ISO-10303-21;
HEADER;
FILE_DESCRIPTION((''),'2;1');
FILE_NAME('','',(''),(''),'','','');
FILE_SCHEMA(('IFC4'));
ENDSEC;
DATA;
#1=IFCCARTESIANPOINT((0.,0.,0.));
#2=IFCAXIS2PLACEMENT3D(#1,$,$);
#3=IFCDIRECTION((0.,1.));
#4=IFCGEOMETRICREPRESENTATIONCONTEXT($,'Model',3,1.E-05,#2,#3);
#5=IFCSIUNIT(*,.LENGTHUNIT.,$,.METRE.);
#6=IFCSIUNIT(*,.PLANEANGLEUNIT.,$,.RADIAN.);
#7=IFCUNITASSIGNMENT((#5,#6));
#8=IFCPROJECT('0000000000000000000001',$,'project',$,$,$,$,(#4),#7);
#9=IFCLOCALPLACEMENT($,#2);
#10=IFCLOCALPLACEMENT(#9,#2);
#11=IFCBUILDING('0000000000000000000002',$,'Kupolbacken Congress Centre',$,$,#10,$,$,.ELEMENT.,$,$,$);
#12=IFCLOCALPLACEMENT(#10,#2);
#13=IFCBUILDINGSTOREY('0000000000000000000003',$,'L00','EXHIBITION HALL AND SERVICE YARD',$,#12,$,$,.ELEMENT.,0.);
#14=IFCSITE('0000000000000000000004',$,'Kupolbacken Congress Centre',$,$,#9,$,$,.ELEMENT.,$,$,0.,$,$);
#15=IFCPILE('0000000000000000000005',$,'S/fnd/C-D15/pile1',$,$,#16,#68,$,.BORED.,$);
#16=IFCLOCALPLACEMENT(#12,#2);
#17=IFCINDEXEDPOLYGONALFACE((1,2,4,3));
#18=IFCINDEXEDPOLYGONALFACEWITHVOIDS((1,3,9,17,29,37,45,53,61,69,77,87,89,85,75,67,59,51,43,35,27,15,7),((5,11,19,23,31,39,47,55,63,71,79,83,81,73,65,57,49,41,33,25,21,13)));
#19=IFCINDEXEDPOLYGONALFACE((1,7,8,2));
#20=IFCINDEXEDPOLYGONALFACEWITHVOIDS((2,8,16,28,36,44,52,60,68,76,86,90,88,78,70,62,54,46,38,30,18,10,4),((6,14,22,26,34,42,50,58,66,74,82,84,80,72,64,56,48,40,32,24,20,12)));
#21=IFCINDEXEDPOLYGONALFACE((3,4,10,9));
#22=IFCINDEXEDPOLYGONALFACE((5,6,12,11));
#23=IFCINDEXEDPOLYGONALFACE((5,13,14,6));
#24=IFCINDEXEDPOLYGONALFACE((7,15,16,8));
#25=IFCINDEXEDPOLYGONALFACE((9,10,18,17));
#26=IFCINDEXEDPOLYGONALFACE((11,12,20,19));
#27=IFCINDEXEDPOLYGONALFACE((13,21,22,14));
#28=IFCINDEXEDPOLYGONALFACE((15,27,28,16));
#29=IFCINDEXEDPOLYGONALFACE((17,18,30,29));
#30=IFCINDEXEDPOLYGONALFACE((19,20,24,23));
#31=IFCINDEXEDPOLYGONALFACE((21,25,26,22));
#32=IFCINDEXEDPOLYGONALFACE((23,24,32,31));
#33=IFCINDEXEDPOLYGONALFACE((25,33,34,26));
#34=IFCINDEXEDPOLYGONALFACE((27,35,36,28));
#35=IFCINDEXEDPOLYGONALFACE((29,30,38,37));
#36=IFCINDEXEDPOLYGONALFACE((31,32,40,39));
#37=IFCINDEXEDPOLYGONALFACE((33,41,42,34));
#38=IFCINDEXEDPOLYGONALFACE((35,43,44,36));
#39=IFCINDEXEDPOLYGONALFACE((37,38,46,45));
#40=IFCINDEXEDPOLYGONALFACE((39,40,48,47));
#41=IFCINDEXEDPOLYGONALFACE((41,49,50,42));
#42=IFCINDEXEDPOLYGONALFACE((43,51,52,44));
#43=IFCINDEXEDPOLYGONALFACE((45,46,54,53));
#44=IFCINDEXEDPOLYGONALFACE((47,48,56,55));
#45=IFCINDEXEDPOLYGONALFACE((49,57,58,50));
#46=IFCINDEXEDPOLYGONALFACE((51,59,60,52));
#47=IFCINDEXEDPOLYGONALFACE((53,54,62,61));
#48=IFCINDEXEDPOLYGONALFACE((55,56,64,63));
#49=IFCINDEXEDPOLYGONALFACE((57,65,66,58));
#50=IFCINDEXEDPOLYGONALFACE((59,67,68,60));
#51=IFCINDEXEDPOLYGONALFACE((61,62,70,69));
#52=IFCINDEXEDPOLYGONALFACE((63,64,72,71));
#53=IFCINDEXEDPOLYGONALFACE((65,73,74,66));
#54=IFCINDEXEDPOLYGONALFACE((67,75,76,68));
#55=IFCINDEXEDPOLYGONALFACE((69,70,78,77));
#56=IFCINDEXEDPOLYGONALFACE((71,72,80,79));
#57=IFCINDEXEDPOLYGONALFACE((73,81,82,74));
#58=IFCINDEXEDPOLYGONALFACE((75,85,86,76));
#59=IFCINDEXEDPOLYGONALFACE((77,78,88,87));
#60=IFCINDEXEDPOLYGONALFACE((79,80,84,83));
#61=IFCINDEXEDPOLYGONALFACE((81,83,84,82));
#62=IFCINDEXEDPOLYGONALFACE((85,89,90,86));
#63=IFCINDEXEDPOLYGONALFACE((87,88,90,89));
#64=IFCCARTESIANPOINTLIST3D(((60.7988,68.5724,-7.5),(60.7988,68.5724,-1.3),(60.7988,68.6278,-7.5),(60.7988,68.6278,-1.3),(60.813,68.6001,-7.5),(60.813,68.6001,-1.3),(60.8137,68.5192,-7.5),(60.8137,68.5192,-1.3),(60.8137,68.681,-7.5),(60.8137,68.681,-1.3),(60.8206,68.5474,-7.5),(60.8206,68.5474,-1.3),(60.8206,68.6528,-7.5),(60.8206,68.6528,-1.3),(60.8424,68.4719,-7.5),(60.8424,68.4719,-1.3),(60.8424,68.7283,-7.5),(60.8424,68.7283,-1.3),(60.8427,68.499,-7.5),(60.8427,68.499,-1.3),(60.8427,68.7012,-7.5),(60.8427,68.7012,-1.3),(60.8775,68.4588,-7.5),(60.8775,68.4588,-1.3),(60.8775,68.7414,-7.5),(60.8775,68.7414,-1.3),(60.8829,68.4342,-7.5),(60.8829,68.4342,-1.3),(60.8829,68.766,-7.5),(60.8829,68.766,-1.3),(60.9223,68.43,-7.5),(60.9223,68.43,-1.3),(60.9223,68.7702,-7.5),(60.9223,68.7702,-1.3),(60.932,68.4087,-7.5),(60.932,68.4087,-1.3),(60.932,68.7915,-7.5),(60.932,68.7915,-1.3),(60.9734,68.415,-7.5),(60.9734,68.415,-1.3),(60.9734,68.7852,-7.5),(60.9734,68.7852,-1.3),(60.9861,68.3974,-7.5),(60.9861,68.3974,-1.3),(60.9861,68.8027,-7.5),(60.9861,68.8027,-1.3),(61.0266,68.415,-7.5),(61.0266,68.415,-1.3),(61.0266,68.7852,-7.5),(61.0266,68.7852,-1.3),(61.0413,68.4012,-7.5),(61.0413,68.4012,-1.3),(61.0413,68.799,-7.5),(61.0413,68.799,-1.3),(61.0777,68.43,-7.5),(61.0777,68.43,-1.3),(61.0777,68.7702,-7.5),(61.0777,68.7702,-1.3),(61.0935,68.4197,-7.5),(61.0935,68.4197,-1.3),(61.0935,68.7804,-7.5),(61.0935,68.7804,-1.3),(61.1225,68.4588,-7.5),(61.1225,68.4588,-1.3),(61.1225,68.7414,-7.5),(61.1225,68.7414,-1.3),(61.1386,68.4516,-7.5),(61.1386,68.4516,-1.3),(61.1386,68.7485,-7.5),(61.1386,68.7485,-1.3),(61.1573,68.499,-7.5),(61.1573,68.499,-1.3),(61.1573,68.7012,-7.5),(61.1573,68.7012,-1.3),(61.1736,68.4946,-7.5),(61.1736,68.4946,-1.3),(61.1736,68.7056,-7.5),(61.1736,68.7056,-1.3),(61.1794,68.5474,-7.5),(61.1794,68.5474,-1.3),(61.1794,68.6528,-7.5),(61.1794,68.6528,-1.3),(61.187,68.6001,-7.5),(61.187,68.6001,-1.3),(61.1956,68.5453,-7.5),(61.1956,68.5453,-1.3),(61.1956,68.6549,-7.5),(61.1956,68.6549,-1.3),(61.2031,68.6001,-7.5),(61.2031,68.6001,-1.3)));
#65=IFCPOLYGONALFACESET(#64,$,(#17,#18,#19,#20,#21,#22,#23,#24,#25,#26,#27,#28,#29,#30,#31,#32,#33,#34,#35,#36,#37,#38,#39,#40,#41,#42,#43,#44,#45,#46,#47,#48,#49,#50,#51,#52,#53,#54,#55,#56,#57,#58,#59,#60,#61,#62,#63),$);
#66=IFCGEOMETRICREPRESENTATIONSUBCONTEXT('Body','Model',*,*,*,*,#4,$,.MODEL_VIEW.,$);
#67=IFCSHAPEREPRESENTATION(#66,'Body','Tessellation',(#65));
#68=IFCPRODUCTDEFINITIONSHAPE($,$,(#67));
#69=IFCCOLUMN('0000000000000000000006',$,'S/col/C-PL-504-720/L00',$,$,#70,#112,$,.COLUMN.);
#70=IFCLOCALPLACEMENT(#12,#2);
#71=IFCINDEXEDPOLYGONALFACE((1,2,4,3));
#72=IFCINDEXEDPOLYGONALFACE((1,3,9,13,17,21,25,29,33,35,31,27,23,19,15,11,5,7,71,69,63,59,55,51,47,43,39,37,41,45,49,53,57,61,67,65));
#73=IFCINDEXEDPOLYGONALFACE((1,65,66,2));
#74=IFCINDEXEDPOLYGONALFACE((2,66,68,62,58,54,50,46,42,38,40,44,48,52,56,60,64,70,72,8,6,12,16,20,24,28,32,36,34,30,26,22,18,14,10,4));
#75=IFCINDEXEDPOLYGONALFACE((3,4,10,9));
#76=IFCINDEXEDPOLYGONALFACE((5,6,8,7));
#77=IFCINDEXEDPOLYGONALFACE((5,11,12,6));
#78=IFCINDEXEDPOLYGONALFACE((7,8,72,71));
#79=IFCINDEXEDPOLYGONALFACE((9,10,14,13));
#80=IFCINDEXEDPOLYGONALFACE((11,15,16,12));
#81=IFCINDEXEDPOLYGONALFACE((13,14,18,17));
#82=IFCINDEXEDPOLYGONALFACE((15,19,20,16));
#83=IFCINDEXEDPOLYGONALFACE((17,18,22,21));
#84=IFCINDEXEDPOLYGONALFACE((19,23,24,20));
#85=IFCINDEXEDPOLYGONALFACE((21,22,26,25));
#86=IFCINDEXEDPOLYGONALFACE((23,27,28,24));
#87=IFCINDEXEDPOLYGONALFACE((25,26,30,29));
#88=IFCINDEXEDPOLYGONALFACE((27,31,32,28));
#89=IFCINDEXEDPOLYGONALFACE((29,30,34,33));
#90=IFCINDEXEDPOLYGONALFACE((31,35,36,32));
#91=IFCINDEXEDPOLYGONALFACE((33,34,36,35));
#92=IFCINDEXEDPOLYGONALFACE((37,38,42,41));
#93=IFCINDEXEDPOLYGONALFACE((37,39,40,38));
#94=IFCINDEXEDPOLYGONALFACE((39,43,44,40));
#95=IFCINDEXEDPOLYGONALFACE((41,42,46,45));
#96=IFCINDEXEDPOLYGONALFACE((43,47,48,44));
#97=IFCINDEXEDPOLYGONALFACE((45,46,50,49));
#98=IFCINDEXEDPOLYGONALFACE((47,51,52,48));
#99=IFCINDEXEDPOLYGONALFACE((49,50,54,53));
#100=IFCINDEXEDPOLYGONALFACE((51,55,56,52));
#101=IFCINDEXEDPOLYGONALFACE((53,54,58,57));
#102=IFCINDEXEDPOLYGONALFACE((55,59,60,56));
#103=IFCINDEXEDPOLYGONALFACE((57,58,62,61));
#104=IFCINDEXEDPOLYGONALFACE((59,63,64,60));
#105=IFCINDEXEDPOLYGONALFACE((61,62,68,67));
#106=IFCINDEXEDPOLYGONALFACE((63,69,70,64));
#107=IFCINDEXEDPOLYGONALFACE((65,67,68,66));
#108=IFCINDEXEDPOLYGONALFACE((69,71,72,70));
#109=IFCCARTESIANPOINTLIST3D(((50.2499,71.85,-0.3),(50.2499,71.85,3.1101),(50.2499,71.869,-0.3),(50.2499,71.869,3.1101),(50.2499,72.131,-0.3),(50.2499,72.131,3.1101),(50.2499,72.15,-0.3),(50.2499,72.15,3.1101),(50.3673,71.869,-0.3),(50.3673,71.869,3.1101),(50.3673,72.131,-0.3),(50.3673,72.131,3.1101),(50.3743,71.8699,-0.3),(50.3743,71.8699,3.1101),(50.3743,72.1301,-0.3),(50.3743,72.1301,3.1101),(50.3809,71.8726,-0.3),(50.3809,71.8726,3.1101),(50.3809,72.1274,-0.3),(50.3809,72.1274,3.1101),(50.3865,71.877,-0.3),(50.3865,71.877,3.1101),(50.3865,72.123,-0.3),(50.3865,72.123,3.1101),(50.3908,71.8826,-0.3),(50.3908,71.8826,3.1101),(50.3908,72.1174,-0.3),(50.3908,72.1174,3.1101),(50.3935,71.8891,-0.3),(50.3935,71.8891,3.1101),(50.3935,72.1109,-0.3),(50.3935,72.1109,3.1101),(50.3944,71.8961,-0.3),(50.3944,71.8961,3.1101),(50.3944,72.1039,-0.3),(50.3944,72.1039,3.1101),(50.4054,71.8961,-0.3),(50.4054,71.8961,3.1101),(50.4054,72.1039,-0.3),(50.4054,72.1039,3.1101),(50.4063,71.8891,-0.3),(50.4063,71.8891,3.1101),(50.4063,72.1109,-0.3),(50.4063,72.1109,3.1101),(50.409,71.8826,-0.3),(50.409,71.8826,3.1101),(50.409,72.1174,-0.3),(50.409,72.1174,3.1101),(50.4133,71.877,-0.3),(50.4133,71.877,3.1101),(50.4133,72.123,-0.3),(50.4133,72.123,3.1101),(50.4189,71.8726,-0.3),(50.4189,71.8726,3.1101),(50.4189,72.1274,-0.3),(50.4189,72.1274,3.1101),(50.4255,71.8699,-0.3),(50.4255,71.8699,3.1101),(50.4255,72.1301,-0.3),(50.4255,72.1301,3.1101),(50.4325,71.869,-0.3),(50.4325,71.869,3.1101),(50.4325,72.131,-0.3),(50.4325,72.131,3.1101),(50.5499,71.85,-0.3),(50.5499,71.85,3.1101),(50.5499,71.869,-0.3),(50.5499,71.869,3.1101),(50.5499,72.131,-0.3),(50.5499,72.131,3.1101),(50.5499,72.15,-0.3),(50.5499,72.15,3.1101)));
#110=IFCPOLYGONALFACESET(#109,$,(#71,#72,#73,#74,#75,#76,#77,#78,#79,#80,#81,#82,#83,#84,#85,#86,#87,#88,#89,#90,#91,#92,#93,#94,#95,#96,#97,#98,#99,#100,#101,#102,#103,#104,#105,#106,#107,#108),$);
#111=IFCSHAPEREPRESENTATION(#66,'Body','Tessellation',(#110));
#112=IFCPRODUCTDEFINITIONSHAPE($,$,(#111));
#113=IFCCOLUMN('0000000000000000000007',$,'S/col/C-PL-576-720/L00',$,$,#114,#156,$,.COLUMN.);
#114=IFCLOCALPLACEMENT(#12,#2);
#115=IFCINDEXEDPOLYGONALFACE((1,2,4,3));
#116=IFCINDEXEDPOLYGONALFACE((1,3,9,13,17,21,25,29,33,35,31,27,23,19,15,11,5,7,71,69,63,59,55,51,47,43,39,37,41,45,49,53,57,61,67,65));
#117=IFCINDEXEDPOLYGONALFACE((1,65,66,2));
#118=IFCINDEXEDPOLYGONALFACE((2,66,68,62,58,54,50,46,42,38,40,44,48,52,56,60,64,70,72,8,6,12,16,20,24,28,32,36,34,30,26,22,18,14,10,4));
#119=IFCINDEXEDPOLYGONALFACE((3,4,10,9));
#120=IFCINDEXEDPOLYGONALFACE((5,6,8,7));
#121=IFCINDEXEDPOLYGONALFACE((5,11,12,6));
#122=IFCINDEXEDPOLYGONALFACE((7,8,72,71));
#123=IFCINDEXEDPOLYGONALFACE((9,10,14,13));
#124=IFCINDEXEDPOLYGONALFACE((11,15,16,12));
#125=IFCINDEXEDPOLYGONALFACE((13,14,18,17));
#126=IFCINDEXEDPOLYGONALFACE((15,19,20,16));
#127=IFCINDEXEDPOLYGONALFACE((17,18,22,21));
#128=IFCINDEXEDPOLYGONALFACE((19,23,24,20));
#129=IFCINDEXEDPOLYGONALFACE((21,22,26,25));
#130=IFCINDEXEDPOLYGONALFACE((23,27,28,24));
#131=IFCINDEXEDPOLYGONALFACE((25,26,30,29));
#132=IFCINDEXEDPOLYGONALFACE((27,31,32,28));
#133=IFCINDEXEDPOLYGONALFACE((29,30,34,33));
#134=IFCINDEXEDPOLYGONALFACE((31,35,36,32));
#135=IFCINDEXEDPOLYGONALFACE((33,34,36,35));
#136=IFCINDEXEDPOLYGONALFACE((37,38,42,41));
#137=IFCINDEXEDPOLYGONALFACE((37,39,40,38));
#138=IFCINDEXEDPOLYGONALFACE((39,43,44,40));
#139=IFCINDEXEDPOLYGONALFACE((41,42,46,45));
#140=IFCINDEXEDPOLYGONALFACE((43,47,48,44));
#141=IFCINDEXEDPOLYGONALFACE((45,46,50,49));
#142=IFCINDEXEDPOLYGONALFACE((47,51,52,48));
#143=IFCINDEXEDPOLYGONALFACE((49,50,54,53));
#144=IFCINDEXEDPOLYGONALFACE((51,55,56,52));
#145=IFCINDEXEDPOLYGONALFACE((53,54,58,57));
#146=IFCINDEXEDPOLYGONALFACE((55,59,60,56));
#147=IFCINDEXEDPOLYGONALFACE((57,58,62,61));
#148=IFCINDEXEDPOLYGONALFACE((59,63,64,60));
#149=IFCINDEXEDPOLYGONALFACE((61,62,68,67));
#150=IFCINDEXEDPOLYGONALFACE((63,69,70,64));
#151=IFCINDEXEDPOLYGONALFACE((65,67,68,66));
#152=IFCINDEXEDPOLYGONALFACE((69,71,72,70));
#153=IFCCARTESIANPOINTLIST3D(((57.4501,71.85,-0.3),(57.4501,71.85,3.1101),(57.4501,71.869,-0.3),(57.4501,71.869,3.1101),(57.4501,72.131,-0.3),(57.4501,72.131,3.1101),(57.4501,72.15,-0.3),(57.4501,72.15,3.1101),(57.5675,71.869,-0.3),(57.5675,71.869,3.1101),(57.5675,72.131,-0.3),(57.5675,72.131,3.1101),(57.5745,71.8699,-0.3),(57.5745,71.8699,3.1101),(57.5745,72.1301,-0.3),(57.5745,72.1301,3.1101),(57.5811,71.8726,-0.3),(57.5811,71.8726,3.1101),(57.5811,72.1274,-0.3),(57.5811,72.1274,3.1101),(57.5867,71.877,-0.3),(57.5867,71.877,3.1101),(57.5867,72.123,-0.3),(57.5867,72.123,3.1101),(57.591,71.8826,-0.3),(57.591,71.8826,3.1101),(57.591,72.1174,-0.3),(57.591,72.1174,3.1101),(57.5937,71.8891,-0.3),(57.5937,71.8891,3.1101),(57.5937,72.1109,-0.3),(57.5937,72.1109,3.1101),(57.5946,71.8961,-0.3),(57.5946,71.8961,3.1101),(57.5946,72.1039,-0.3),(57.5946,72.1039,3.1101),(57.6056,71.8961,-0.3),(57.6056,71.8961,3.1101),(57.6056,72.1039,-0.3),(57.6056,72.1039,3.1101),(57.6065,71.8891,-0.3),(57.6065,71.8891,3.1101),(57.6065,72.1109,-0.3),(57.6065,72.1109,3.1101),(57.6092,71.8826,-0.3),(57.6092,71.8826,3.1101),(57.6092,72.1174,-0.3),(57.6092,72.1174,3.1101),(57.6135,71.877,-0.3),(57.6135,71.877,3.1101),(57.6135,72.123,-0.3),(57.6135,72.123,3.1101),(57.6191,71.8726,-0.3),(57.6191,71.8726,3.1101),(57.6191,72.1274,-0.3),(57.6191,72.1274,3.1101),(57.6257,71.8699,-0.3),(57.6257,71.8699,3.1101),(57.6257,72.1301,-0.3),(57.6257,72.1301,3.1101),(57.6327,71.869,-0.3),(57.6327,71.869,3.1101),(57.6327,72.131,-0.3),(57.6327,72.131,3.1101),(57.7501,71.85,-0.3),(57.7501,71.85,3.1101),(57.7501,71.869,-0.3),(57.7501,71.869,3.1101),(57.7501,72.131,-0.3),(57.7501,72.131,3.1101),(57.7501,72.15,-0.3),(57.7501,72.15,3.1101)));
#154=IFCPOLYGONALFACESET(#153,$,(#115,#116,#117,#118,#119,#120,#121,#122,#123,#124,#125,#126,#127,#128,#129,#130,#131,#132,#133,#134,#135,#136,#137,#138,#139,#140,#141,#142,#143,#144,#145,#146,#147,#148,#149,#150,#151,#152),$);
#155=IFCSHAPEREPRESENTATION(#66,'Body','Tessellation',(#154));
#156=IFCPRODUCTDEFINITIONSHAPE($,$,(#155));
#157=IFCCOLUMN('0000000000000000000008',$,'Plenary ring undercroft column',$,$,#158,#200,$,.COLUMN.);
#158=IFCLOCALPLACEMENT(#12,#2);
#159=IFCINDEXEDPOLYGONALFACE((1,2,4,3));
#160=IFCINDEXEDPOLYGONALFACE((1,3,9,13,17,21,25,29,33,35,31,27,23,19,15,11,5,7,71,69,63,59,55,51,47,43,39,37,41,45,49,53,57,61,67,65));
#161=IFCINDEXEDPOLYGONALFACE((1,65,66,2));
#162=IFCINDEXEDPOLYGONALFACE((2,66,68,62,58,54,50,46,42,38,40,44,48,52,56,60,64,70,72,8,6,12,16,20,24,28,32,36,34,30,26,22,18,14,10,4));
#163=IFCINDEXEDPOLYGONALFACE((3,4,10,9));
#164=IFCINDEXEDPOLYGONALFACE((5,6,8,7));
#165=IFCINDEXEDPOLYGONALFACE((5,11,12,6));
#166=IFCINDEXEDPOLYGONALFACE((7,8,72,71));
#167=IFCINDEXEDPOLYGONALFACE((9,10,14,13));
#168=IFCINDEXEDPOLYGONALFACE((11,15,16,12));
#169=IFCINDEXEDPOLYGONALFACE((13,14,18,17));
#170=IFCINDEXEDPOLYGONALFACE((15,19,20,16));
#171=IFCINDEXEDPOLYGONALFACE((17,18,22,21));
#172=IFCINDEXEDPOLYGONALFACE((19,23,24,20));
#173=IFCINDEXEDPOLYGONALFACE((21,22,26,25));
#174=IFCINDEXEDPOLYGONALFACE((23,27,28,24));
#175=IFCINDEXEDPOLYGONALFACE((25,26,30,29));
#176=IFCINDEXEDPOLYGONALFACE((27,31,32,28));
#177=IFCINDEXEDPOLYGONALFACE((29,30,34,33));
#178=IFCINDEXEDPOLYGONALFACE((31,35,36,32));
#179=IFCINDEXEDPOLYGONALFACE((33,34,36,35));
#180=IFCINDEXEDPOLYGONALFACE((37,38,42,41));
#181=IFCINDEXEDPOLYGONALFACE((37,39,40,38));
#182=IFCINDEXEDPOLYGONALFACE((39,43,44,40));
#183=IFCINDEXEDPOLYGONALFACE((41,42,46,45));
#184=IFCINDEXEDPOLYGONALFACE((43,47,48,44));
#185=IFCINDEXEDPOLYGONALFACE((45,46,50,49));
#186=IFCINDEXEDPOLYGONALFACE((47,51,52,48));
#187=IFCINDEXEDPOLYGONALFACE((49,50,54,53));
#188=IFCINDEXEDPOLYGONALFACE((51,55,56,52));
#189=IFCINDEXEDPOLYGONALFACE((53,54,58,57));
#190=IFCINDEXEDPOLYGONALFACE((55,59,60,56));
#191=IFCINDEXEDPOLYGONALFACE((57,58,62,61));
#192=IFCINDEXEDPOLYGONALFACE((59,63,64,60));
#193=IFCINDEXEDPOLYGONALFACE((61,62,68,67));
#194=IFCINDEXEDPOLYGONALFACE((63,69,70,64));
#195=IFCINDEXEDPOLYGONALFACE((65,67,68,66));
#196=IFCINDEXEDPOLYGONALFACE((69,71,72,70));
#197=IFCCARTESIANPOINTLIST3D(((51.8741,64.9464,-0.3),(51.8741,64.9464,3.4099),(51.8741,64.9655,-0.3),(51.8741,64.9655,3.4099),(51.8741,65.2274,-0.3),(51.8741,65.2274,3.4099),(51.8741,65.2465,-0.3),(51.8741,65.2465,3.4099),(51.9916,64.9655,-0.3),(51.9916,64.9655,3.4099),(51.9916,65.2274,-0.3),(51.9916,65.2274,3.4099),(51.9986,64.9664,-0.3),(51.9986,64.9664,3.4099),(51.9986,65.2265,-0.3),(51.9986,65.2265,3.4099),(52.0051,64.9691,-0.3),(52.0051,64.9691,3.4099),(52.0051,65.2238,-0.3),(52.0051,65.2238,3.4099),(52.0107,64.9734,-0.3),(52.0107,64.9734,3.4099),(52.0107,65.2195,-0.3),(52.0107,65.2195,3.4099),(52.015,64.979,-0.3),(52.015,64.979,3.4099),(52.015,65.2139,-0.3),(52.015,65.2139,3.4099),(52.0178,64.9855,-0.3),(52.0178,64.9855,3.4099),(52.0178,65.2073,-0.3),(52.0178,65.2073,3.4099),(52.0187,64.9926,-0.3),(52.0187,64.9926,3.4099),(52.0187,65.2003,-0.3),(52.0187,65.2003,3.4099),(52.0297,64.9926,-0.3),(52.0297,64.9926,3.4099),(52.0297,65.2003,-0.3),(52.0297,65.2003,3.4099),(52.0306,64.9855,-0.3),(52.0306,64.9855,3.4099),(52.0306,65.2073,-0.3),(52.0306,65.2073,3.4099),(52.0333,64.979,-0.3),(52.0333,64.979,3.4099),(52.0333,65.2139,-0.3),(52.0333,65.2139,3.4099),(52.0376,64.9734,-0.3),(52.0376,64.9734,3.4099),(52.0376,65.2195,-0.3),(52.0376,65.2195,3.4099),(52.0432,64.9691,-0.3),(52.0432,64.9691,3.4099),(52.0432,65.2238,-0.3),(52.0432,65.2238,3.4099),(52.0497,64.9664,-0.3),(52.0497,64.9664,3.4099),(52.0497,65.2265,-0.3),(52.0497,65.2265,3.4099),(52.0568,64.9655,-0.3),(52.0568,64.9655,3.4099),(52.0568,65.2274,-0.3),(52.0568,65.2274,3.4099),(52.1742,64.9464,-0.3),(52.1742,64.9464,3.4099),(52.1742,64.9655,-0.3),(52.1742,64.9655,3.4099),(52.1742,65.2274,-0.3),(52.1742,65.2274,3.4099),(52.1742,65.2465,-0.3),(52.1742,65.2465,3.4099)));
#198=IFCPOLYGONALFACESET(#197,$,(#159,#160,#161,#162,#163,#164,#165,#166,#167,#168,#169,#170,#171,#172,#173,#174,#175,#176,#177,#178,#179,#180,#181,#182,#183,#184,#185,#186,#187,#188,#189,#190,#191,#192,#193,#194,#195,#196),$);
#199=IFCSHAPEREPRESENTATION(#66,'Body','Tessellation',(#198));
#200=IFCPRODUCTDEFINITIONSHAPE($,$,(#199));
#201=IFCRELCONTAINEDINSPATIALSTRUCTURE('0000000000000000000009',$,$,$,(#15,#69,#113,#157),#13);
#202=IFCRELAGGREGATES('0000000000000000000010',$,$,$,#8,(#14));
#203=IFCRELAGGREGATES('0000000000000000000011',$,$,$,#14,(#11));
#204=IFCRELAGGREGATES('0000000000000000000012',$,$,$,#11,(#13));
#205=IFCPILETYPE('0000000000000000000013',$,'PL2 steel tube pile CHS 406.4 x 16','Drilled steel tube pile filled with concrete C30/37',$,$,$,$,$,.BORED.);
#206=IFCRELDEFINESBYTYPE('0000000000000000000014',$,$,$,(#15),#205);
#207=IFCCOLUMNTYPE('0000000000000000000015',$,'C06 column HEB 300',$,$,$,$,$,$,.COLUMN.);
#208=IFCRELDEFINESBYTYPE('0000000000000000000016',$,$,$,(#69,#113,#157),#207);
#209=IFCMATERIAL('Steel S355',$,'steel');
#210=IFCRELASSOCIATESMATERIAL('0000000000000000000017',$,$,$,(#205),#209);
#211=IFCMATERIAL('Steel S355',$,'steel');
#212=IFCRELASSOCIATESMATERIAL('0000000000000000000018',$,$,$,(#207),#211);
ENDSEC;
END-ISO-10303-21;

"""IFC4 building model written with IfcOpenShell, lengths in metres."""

from ifc_helpers import new_model, si_unit, direction, frame, origin, origin_2d, place, context, subcontext, project, spatial, hollow_circle, i_section, extrude, material, material_profile, profile_set, type_object, element, save


model = new_model("IFC4")

# Units and contexts
model_context = context("Model", 3, precision=1e-05, world=origin(), true_north=direction((0.0, 1.0)))
body_context = subcontext(model_context, "Body", "Model", "MODEL_VIEW")
ifc_project = project(units=[si_unit("LENGTHUNIT", "METRE"), si_unit("PLANEANGLEUNIT", "RADIAN")], contexts=[model_context])

# Site, building, storey
site_placement = place(None, origin())
site = spatial("IfcSite", under=ifc_project, at=site_placement, Name="Kupolbacken Congress Centre", CompositionType="ELEMENT", RefElevation=0.0)
building_placement = place(site_placement, origin())
building = spatial("IfcBuilding", under=site, at=building_placement, Name="Kupolbacken Congress Centre", CompositionType="ELEMENT")
storey_placement = place(building_placement, origin())
storey = spatial("IfcBuildingStorey", under=building, at=storey_placement, Name="L00", Description="EXHIBITION HALL AND SERVICE YARD", CompositionType="ELEMENT", Elevation=0.0)

# Pile
ifc_material_1 = material(Name="Steel S355", Category="steel")
ifc_material_profile_1 = material_profile(ifc_material_1, hollow_circle(Radius=0.2031, WallThickness=0.0161, at=origin_2d()), Name="CHS 406.4 x 16")
ifc_profile_set_1 = profile_set([ifc_material_profile_1], Name="Steel S355")
pile_type_1 = type_object("IfcPileType", Name="PL2 steel tube pile CHS 406.4 x 16", Description="Drilled steel tube pile filled with concrete C30/37", PredefinedType="BORED", material=ifc_profile_set_1)
for number, where, z_axis, x_axis, name in (
    (1, (61.0, 68.6001, -1.3), (0.0, 0.0, -1.0), (1.0, 0.0, 0.0), "S/fnd/C-D15/pile1"),
):
    element("IfcPile", number, at=place(storey_placement, frame(where, z_axis=z_axis, x_axis=x_axis)), inside=storey, type_object=pile_type_1, Name=name, PredefinedType="BORED", context=body_context, shape_type="SweptSolid", body=[
        extrude(hollow_circle(Radius=0.2031, WallThickness=0.0161, at=origin_2d()), origin(), (0.0, 0.0, 1.0), 6.2),
    ])

# Columns
ifc_material_2 = material(Name="Steel S355", Category="steel")
ifc_material_profile_2 = material_profile(ifc_material_2, i_section(OverallWidth=0.3, OverallDepth=0.3, WebThickness=0.011, FlangeThickness=0.019, FilletRadius=0.0271, at=origin_2d()), Name="HEB 300")
ifc_profile_set_2 = profile_set([ifc_material_profile_2], Name="Steel S355")
column_type_1 = type_object("IfcColumnType", Name="C06 column HEB 300", PredefinedType="COLUMN", material=ifc_profile_set_2)
for number, where, z_axis, x_axis, name in (
    (2, (50.3999, 72.0, -0.3), (0.0, 0.0, 1.0), (1.0, 0.0, 0.0), "S/col/C-PL-504-720/L00"),
    (3, (57.6001, 72.0, -0.3), (0.0, 0.0, 1.0), (1.0, 0.0, 0.0), "S/col/C-PL-576-720/L00"),
):
    element("IfcColumn", number, at=place(storey_placement, frame(where, z_axis=z_axis, x_axis=x_axis)), inside=storey, type_object=column_type_1, Name=name, PredefinedType="COLUMN", context=body_context, shape_type="SweptSolid", body=[
        extrude(i_section(OverallWidth=0.3, OverallDepth=0.3, WebThickness=0.011, FlangeThickness=0.019, FilletRadius=0.0271, at=origin_2d()), origin(), (0.0, 0.0, 1.0), 3.4102),
    ])
for number, where, z_axis, x_axis, name in (
    (4, (52.0242, 65.0964, -0.3), (0.0, 0.0, 1.0), (1.0, 0.0, 0.0), "Plenary ring undercroft column"),
):
    element("IfcColumn", number, at=place(storey_placement, frame(where, z_axis=z_axis, x_axis=x_axis)), inside=storey, type_object=column_type_1, Name=name, PredefinedType="COLUMN", context=body_context, shape_type="SweptSolid", body=[
        extrude(i_section(OverallWidth=0.3, OverallDepth=0.3, WebThickness=0.011, FlangeThickness=0.019, FilletRadius=0.0271, at=origin_2d()), origin(), (0.0, 0.0, 1.0), 3.71),
    ])

save(model, "model.ifc")
